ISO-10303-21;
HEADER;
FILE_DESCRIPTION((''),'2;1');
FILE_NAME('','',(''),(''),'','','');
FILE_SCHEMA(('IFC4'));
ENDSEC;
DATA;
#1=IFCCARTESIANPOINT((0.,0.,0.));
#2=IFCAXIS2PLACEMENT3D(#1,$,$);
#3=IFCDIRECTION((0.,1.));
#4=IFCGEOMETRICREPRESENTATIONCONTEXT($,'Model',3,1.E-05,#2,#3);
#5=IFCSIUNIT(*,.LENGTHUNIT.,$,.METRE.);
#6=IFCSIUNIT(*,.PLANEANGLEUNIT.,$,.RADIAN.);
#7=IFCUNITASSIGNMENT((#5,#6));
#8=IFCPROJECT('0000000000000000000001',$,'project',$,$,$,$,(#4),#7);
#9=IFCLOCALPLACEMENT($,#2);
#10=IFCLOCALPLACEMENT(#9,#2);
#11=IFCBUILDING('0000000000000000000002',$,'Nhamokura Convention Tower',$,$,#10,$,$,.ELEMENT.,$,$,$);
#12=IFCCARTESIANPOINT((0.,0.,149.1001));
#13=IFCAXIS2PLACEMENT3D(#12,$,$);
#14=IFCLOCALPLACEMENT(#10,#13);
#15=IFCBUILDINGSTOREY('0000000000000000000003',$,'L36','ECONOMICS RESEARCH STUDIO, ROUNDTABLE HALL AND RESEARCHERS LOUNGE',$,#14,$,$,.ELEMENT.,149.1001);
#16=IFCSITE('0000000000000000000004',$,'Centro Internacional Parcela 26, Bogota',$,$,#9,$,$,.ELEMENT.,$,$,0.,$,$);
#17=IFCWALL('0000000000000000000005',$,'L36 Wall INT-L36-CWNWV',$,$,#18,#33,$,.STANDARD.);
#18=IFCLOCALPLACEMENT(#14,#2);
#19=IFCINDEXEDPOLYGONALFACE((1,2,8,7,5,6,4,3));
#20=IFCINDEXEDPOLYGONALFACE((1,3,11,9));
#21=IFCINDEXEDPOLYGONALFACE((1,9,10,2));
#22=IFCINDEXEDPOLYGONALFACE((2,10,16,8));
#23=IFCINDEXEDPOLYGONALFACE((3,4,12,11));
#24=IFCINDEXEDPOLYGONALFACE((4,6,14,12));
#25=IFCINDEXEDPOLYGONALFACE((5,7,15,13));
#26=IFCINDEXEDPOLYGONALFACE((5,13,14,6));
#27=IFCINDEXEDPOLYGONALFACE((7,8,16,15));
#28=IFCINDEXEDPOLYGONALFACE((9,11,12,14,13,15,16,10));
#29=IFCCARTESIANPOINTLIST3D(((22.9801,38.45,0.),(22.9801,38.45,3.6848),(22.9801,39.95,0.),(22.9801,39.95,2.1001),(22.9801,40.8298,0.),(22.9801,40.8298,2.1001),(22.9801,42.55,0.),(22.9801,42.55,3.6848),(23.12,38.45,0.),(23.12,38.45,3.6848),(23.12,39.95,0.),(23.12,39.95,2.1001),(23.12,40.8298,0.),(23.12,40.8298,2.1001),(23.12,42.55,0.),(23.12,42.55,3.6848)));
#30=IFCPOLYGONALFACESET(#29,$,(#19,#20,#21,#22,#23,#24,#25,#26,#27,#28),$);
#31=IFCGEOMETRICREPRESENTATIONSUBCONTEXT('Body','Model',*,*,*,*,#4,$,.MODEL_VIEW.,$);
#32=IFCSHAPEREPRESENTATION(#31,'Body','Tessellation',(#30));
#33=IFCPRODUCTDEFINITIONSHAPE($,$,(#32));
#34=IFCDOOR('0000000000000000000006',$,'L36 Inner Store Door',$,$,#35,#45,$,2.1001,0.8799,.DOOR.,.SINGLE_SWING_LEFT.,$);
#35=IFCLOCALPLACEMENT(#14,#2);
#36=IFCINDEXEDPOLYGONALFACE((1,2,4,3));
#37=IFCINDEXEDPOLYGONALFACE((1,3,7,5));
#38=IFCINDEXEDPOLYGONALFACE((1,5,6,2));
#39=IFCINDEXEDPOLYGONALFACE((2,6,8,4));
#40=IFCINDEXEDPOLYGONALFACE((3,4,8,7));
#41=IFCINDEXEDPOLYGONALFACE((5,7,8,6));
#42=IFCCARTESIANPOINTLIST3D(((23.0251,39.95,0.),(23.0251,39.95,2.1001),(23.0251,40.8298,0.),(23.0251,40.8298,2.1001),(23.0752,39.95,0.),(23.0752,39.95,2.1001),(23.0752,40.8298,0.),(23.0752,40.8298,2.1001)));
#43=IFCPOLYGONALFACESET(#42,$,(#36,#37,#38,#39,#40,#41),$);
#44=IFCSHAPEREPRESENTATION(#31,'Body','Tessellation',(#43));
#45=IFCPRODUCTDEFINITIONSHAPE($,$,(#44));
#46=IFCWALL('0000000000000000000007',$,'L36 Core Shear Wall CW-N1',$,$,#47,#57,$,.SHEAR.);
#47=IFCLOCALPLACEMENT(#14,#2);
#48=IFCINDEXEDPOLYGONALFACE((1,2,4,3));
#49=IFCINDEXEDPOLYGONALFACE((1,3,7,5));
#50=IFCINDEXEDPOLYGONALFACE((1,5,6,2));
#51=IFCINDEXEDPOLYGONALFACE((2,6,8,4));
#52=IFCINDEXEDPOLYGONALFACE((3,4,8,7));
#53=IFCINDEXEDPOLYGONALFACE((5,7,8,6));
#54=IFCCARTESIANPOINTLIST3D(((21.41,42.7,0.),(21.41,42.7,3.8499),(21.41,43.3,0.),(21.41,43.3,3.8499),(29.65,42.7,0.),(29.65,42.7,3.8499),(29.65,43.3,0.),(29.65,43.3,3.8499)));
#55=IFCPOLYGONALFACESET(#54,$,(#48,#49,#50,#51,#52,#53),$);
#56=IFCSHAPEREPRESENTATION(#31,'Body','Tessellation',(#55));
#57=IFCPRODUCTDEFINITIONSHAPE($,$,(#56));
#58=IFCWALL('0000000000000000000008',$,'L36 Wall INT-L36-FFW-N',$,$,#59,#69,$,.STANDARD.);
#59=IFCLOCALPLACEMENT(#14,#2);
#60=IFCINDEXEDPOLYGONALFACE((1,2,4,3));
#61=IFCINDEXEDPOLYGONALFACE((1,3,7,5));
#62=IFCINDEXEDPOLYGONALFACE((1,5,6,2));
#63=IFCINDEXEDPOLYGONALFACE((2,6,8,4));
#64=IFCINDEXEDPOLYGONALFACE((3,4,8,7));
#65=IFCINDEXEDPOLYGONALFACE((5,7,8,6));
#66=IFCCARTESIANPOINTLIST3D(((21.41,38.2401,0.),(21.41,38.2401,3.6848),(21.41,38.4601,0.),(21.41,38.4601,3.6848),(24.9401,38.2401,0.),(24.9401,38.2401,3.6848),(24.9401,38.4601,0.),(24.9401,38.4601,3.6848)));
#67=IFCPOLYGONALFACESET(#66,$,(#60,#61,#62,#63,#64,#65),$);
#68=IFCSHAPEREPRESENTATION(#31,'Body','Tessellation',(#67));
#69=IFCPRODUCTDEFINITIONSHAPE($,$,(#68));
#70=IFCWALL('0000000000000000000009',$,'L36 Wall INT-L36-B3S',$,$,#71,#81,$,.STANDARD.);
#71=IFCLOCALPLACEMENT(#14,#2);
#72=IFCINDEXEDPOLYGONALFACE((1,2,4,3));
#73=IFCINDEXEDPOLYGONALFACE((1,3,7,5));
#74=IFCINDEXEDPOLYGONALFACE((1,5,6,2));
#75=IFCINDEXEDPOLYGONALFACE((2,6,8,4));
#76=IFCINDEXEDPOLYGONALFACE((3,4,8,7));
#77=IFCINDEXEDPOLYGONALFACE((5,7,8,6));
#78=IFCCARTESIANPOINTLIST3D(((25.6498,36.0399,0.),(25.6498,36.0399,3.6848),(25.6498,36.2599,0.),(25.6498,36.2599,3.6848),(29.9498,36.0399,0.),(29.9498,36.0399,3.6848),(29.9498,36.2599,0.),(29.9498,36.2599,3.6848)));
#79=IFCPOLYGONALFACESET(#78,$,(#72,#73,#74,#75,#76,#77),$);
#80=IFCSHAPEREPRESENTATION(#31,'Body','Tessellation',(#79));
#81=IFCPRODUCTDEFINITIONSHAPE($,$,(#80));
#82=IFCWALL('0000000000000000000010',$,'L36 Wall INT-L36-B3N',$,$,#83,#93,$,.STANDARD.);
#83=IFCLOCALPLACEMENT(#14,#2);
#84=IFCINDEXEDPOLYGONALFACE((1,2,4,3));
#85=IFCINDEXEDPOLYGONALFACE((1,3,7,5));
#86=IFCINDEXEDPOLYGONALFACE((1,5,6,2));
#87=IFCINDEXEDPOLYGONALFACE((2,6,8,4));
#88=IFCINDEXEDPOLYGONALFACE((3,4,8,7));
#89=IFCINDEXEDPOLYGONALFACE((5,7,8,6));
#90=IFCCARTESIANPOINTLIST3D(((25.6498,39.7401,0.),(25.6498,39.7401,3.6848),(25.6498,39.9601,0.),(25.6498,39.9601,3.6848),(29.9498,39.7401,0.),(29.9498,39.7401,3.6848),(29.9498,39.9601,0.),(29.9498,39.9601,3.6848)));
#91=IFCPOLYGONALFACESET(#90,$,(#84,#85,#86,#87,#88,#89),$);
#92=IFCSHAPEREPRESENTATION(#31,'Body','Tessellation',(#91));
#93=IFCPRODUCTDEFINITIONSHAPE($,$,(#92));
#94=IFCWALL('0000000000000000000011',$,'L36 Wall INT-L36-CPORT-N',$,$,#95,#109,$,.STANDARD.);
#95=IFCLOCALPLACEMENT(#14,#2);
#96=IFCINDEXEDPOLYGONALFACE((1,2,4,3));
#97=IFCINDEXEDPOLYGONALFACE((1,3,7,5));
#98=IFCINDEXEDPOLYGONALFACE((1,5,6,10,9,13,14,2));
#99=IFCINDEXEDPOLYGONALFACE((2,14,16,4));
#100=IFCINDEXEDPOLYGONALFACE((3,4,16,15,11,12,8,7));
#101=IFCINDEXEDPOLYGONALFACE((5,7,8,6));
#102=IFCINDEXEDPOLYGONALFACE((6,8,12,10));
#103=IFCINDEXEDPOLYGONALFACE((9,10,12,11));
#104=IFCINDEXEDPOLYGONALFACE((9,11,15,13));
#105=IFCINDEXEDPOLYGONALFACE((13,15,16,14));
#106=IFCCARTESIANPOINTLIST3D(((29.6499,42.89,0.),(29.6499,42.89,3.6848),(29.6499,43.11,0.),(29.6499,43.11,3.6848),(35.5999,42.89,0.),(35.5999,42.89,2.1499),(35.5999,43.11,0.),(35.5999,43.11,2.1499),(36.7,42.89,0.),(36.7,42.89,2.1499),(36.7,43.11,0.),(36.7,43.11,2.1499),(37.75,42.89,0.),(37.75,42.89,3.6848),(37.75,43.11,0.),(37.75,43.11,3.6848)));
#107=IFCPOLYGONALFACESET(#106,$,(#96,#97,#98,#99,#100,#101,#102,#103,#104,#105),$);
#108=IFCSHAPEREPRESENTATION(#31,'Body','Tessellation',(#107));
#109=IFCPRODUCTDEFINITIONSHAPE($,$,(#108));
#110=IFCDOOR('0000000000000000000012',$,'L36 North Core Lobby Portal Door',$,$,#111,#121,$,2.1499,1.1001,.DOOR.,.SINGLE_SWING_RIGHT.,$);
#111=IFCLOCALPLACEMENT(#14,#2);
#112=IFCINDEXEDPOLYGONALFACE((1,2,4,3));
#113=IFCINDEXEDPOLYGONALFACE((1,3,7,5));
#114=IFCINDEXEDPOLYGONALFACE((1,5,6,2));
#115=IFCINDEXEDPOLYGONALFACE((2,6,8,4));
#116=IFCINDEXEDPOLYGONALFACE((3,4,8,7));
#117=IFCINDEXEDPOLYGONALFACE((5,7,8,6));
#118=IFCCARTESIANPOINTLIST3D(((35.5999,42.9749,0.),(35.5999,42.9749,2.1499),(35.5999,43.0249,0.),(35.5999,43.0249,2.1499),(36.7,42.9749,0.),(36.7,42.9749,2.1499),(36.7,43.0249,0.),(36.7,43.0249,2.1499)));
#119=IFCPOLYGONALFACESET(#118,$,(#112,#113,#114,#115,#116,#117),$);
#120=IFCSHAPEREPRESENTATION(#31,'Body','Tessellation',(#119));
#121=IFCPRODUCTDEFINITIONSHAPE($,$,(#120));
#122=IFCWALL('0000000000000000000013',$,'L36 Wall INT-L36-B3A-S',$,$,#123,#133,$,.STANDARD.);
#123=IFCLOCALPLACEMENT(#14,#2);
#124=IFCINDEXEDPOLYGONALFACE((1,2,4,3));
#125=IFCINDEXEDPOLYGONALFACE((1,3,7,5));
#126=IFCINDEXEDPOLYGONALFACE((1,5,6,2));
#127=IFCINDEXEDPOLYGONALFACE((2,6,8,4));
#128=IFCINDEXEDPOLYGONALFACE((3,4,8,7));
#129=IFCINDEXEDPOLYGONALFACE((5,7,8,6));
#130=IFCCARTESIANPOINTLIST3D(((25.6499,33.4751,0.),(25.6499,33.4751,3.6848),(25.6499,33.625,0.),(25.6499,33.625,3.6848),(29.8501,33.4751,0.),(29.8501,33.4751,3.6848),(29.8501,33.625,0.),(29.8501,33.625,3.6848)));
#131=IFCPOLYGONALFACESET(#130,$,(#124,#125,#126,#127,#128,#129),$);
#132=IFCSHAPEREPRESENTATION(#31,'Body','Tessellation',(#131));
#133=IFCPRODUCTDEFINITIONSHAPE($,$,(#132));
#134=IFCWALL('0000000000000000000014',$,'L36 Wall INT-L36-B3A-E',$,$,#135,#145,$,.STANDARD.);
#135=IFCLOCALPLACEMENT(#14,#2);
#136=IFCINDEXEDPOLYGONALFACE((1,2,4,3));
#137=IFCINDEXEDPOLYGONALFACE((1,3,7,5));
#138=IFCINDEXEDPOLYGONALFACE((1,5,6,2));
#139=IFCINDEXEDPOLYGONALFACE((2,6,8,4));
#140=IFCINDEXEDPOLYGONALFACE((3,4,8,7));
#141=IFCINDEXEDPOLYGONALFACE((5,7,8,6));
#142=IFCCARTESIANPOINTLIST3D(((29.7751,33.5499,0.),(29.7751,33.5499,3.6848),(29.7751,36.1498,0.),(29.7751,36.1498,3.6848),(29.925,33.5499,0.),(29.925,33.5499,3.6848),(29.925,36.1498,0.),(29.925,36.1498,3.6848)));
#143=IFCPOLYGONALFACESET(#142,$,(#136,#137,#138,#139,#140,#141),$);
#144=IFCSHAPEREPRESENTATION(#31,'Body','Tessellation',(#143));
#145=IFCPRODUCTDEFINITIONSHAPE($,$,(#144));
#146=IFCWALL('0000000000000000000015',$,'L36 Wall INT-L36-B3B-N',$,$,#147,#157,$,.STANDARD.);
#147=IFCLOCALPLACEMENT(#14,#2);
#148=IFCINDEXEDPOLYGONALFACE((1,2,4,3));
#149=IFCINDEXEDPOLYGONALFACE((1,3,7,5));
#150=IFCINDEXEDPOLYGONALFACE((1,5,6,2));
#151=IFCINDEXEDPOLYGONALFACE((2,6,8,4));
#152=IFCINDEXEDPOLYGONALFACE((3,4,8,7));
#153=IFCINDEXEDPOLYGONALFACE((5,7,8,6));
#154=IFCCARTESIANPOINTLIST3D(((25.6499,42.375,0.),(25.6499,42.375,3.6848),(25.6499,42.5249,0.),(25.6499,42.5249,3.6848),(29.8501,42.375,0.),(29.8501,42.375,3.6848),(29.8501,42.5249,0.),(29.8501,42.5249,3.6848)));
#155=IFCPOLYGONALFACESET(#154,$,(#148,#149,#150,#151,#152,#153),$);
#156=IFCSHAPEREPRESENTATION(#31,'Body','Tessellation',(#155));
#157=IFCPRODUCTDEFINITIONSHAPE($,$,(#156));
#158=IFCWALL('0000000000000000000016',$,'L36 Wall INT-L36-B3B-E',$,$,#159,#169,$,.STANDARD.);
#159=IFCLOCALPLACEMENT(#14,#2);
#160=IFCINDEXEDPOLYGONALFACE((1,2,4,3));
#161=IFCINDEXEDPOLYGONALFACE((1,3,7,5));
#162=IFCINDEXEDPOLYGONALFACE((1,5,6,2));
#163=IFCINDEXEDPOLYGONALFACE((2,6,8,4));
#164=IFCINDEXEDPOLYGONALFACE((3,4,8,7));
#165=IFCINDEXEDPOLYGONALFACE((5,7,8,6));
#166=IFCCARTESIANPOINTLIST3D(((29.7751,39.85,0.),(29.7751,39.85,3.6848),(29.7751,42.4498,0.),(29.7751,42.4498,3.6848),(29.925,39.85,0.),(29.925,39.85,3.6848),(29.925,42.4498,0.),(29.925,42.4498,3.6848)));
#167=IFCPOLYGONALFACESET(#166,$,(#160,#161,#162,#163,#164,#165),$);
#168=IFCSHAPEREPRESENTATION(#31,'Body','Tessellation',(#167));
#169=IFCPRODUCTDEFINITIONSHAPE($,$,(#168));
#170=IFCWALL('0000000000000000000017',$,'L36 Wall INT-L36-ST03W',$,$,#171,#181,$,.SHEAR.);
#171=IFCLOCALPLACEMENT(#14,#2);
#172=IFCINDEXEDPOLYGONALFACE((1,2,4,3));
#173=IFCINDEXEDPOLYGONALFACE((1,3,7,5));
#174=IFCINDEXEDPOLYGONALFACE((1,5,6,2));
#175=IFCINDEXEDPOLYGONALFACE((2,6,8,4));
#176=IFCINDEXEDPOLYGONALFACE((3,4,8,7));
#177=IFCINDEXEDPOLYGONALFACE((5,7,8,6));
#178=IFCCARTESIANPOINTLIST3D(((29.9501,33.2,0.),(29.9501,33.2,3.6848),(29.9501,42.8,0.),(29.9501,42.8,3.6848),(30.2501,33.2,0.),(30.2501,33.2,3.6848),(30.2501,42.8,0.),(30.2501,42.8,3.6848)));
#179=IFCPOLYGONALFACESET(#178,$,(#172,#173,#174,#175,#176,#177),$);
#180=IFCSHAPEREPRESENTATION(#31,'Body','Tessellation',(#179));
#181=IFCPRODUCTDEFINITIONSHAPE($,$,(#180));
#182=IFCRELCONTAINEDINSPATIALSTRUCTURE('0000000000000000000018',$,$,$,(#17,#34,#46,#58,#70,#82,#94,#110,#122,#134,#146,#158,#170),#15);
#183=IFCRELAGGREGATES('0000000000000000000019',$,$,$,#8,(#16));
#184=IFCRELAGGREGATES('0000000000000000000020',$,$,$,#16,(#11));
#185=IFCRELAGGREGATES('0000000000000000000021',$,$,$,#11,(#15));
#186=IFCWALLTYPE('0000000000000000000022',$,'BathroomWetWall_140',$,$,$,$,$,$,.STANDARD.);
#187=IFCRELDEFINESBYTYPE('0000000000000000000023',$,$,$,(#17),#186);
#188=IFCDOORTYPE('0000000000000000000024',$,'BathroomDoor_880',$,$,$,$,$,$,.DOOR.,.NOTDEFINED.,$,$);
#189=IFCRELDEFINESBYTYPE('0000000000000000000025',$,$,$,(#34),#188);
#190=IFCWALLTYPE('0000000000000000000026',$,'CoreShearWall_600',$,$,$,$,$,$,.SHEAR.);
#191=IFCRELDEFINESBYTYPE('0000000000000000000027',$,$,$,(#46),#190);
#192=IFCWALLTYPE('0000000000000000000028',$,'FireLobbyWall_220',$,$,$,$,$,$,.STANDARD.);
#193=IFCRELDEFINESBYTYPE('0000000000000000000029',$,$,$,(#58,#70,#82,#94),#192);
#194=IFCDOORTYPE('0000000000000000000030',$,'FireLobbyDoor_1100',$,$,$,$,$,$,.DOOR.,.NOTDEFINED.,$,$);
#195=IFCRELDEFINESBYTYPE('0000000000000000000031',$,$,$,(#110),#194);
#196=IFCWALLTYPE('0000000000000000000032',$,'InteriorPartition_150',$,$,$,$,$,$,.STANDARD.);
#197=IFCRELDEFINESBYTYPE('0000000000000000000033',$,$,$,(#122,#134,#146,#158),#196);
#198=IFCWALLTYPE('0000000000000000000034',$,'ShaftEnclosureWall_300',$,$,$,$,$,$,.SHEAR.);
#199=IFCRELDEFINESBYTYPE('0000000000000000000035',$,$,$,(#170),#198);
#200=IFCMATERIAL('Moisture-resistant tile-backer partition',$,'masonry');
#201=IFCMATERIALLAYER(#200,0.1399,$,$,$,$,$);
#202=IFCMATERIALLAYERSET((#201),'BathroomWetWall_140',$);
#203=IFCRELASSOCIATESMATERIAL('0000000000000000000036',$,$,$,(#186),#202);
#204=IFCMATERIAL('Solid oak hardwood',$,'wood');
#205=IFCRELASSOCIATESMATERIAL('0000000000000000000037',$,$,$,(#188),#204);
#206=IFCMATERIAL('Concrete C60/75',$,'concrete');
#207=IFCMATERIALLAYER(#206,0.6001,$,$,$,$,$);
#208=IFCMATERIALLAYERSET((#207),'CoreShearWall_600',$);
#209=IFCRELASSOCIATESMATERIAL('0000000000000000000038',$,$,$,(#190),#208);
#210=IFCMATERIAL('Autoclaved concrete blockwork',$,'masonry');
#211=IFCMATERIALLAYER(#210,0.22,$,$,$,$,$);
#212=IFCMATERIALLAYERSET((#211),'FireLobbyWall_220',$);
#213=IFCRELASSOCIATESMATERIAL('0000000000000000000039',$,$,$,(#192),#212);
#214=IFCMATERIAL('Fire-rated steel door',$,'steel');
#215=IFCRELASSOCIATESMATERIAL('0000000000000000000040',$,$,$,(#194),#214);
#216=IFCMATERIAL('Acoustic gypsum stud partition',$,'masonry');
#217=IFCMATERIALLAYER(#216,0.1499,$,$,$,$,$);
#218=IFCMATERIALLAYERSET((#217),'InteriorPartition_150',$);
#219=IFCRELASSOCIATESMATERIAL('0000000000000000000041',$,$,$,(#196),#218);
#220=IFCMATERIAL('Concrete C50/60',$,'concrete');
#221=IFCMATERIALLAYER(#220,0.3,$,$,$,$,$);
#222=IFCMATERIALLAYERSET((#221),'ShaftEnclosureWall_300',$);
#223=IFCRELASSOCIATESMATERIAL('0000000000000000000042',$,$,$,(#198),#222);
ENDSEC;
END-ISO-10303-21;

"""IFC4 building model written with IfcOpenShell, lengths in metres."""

from ifc_helpers import new_model, si_unit, direction, frame, frame_2d, origin, place, context, subcontext, project, spatial, rectangle, extrude, material, layer, layer_set, type_object, element, fill, save


model = new_model("IFC4")

# Units and contexts
model_context = context("Model", 3, precision=1e-05, world=origin(), true_north=direction((0.0, 1.0)))
body_context = subcontext(model_context, "Body", "Model", "MODEL_VIEW")
ifc_project = project(units=[si_unit("LENGTHUNIT", "METRE"), si_unit("PLANEANGLEUNIT", "RADIAN")], contexts=[model_context])

# Site, building, storey
site_placement = place(None, origin())
site = spatial("IfcSite", under=ifc_project, at=site_placement, Name="Centro Internacional Parcela 26, Bogota", CompositionType="ELEMENT", RefElevation=0.0)
building_placement = place(site_placement, origin())
building = spatial("IfcBuilding", under=site, at=building_placement, Name="Nhamokura Convention Tower", CompositionType="ELEMENT")
storey_placement = place(building_placement, frame((0.0, 0.0, 149.1001)))
storey = spatial("IfcBuildingStorey", under=building, at=storey_placement, Name="L36", Description="ECONOMICS RESEARCH STUDIO, ROUNDTABLE HALL AND RESEARCHERS LOUNGE", CompositionType="ELEMENT", Elevation=149.1001)

# Wall, opening, door
ifc_material_1 = material(Name="Moisture-resistant tile-backer partition", Category="masonry")
ifc_layer_1 = layer(ifc_material_1, 0.1399)
ifc_layer_set_1 = layer_set([ifc_layer_1], Name="BathroomWetWall_140")
wall_type_1 = type_object("IfcWallType", Name="BathroomWetWall_140", PredefinedType="STANDARD", material=ifc_layer_set_1)
wall_1_placement = place(storey_placement, frame((23.05, 38.45, 0.0), z_axis=(0.0, 0.0, 1.0), x_axis=(0.0, 1.0, 0.0)))
wall_1 = element("IfcWall", 1, at=wall_1_placement, inside=storey, type_object=wall_type_1, Name="L36 Wall INT-L36-CWNWV", PredefinedType="STANDARD", context=body_context, shape_type="SweptSolid", body=[
    extrude(rectangle(XDim=4.1001, YDim=0.1399, at=frame_2d((2.05, 0.0))), origin(), (0.0, 0.0, 1.0), 3.6848),
])
opening_1_placement = place(wall_1_placement, frame((1.5, 0.0, 0.0)))
opening_1 = element("IfcOpeningElement", 2, at=opening_1_placement, cuts=wall_1, PredefinedType="OPENING", context=body_context, shape_type="SweptSolid", body=[
    extrude(rectangle(XDim=0.8799, YDim=2.1001, at=frame_2d((0.4399, 1.05))), frame((0.0, 0.0798, 0.0), z_axis=(0.0, -1.0, 0.0), x_axis=(1.0, 0.0, 0.0)), (0.0, 0.0, 1.0), 0.1599),
])
ifc_material_2 = material(Name="Solid oak hardwood", Category="wood")
door_type_1 = type_object("IfcDoorType", Name="BathroomDoor_880", OperationType="NOTDEFINED", PredefinedType="DOOR", material=ifc_material_2)
door_1_placement = place(opening_1_placement, origin())
door_1 = element("IfcDoor", 3, at=door_1_placement, inside=storey, type_object=door_type_1, Name="L36 Inner Store Door", OperationType="SINGLE_SWING_LEFT", OverallHeight=2.1001, OverallWidth=0.8799, PredefinedType="DOOR", context=body_context, shape_type="SweptSolid", body=[
    extrude(rectangle(XDim=0.8799, YDim=2.1001, at=frame_2d((0.4399, 1.05))), frame((0.0, 0.0249, 0.0), z_axis=(0.0, -1.0, 0.0), x_axis=(1.0, 0.0, 0.0)), (0.0, 0.0, 1.0), 0.05),
])
fill(opening_1, door_1)

# Walls
ifc_material_3 = material(Name="Concrete C60/75", Category="concrete")
ifc_layer_2 = layer(ifc_material_3, 0.6001)
ifc_layer_set_2 = layer_set([ifc_layer_2], Name="CoreShearWall_600")
wall_type_2 = type_object("IfcWallType", Name="CoreShearWall_600", PredefinedType="SHEAR", material=ifc_layer_set_2)
wall_2_placement = place(storey_placement, frame((21.4099, 43.0, 0.0), z_axis=(0.0, 0.0, 1.0), x_axis=(1.0, 0.0, 0.0)))
element("IfcWall", 4, at=wall_2_placement, inside=storey, type_object=wall_type_2, Name="L36 Core Shear Wall CW-N1", PredefinedType="SHEAR", context=body_context, shape_type="SweptSolid", body=[
    extrude(rectangle(XDim=8.24, YDim=0.6001, at=frame_2d((4.1201, 0.0))), origin(), (0.0, 0.0, 1.0), 3.8499),
])
ifc_material_4 = material(Name="Autoclaved concrete blockwork", Category="masonry")
ifc_layer_3 = layer(ifc_material_4, 0.22)
ifc_layer_set_3 = layer_set([ifc_layer_3], Name="FireLobbyWall_220")
wall_type_3 = type_object("IfcWallType", Name="FireLobbyWall_220", PredefinedType="STANDARD", material=ifc_layer_set_3)
wall_3_placement = place(storey_placement, frame((21.4099, 38.3501, 0.0), z_axis=(0.0, 0.0, 1.0), x_axis=(1.0, 0.0, 0.0)))
element("IfcWall", 5, at=wall_3_placement, inside=storey, type_object=wall_type_3, Name="L36 Wall INT-L36-FFW-N", PredefinedType="STANDARD", context=body_context, shape_type="SweptSolid", body=[
    extrude(rectangle(XDim=3.53, YDim=0.22, at=frame_2d((1.7651, 0.0))), origin(), (0.0, 0.0, 1.0), 3.6848),
])
for number, where, z_axis, x_axis, name in (
    (6, (25.6499, 36.1499, 0.0), (0.0, 0.0, 1.0), (1.0, 0.0, 0.0), "L36 Wall INT-L36-B3S"),
    (7, (25.6499, 39.8501, 0.0), (0.0, 0.0, 1.0), (1.0, 0.0, 0.0), "L36 Wall INT-L36-B3N"),
):
    element("IfcWall", number, at=place(storey_placement, frame(where, z_axis=z_axis, x_axis=x_axis)), inside=storey, type_object=wall_type_3, Name=name, PredefinedType="STANDARD", context=body_context, shape_type="SweptSolid", body=[
        extrude(rectangle(XDim=4.3, YDim=0.22, at=frame_2d((2.1499, 0.0))), origin(), (0.0, 0.0, 1.0), 3.6848),
    ])

# Wall, opening, door
wall_4_placement = place(storey_placement, frame((29.6499, 43.0, 0.0), z_axis=(0.0, 0.0, 1.0), x_axis=(1.0, 0.0, 0.0)))
wall_4 = element("IfcWall", 8, at=wall_4_placement, inside=storey, type_object=wall_type_3, Name="L36 Wall INT-L36-CPORT-N", PredefinedType="STANDARD", context=body_context, shape_type="SweptSolid", body=[
    extrude(rectangle(XDim=8.1001, YDim=0.22, at=frame_2d((4.05, 0.0))), origin(), (0.0, 0.0, 1.0), 3.6848),
])
opening_2_placement = place(wall_4_placement, frame((5.95, 0.0, 0.0)))
opening_2 = element("IfcOpeningElement", 9, at=opening_2_placement, cuts=wall_4, PredefinedType="OPENING", context=body_context, shape_type="SweptSolid", body=[
    extrude(rectangle(XDim=1.1001, YDim=2.1499, at=frame_2d((0.55, 1.075))), frame((0.0, 0.1199, 0.0), z_axis=(0.0, -1.0, 0.0), x_axis=(1.0, 0.0, 0.0)), (0.0, 0.0, 1.0), 0.24),
])
ifc_material_5 = material(Name="Fire-rated steel door", Category="steel")
door_type_2 = type_object("IfcDoorType", Name="FireLobbyDoor_1100", OperationType="NOTDEFINED", PredefinedType="DOOR", material=ifc_material_5)
door_2_placement = place(opening_2_placement, origin())
door_2 = element("IfcDoor", 10, at=door_2_placement, inside=storey, type_object=door_type_2, Name="L36 North Core Lobby Portal Door", OperationType="SINGLE_SWING_RIGHT", OverallHeight=2.1499, OverallWidth=1.1001, PredefinedType="DOOR", context=body_context, shape_type="SweptSolid", body=[
    extrude(rectangle(XDim=1.1001, YDim=2.1499, at=frame_2d((0.55, 1.075))), frame((0.0, 0.0249, 0.0), z_axis=(0.0, -1.0, 0.0), x_axis=(1.0, 0.0, 0.0)), (0.0, 0.0, 1.0), 0.05),
])
fill(opening_2, door_2)

# Walls
ifc_material_6 = material(Name="Acoustic gypsum stud partition", Category="masonry")
ifc_layer_4 = layer(ifc_material_6, 0.1499)
ifc_layer_set_4 = layer_set([ifc_layer_4], Name="InteriorPartition_150")
wall_type_4 = type_object("IfcWallType", Name="InteriorPartition_150", PredefinedType="STANDARD", material=ifc_layer_set_4)
wall_5_placement = place(storey_placement, frame((25.6499, 33.55, 0.0), z_axis=(0.0, 0.0, 1.0), x_axis=(1.0, 0.0, 0.0)))
element("IfcWall", 11, at=wall_5_placement, inside=storey, type_object=wall_type_4, Name="L36 Wall INT-L36-B3A-S", PredefinedType="STANDARD", context=body_context, shape_type="SweptSolid", body=[
    extrude(rectangle(XDim=4.2002, YDim=0.1499, at=frame_2d((2.1001, 0.0))), origin(), (0.0, 0.0, 1.0), 3.6848),
])
wall_6_placement = place(storey_placement, frame((29.8501, 33.55, 0.0), z_axis=(0.0, 0.0, 1.0), x_axis=(0.0, 1.0, 0.0)))
element("IfcWall", 12, at=wall_6_placement, inside=storey, type_object=wall_type_4, Name="L36 Wall INT-L36-B3A-E", PredefinedType="STANDARD", context=body_context, shape_type="SweptSolid", body=[
    extrude(rectangle(XDim=2.5999, YDim=0.1499, at=frame_2d((1.2998, 0.0))), origin(), (0.0, 0.0, 1.0), 3.6848),
])
wall_7_placement = place(storey_placement, frame((25.6499, 42.45, 0.0), z_axis=(0.0, 0.0, 1.0), x_axis=(1.0, 0.0, 0.0)))
element("IfcWall", 13, at=wall_7_placement, inside=storey, type_object=wall_type_4, Name="L36 Wall INT-L36-B3B-N", PredefinedType="STANDARD", context=body_context, shape_type="SweptSolid", body=[
    extrude(rectangle(XDim=4.2002, YDim=0.1499, at=frame_2d((2.1001, 0.0))), origin(), (0.0, 0.0, 1.0), 3.6848),
])
wall_8_placement = place(storey_placement, frame((29.8501, 39.8501, 0.0), z_axis=(0.0, 0.0, 1.0), x_axis=(0.0, 1.0, 0.0)))
element("IfcWall", 14, at=wall_8_placement, inside=storey, type_object=wall_type_4, Name="L36 Wall INT-L36-B3B-E", PredefinedType="STANDARD", context=body_context, shape_type="SweptSolid", body=[
    extrude(rectangle(XDim=2.5999, YDim=0.1499, at=frame_2d((1.2998, 0.0))), origin(), (0.0, 0.0, 1.0), 3.6848),
])
ifc_material_7 = material(Name="Concrete C50/60", Category="concrete")
ifc_layer_5 = layer(ifc_material_7, 0.3)
ifc_layer_set_5 = layer_set([ifc_layer_5], Name="ShaftEnclosureWall_300")
wall_type_5 = type_object("IfcWallType", Name="ShaftEnclosureWall_300", PredefinedType="SHEAR", material=ifc_layer_set_5)
wall_9_placement = place(storey_placement, frame((30.1001, 33.2, 0.0), z_axis=(0.0, 0.0, 1.0), x_axis=(0.0, 1.0, 0.0)))
element("IfcWall", 15, at=wall_9_placement, inside=storey, type_object=wall_type_5, Name="L36 Wall INT-L36-ST03W", PredefinedType="SHEAR", context=body_context, shape_type="SweptSolid", body=[
    extrude(rectangle(XDim=9.6001, YDim=0.3, at=frame_2d((4.8, 0.0))), origin(), (0.0, 0.0, 1.0), 3.6848),
])

save(model, "model.ifc")
